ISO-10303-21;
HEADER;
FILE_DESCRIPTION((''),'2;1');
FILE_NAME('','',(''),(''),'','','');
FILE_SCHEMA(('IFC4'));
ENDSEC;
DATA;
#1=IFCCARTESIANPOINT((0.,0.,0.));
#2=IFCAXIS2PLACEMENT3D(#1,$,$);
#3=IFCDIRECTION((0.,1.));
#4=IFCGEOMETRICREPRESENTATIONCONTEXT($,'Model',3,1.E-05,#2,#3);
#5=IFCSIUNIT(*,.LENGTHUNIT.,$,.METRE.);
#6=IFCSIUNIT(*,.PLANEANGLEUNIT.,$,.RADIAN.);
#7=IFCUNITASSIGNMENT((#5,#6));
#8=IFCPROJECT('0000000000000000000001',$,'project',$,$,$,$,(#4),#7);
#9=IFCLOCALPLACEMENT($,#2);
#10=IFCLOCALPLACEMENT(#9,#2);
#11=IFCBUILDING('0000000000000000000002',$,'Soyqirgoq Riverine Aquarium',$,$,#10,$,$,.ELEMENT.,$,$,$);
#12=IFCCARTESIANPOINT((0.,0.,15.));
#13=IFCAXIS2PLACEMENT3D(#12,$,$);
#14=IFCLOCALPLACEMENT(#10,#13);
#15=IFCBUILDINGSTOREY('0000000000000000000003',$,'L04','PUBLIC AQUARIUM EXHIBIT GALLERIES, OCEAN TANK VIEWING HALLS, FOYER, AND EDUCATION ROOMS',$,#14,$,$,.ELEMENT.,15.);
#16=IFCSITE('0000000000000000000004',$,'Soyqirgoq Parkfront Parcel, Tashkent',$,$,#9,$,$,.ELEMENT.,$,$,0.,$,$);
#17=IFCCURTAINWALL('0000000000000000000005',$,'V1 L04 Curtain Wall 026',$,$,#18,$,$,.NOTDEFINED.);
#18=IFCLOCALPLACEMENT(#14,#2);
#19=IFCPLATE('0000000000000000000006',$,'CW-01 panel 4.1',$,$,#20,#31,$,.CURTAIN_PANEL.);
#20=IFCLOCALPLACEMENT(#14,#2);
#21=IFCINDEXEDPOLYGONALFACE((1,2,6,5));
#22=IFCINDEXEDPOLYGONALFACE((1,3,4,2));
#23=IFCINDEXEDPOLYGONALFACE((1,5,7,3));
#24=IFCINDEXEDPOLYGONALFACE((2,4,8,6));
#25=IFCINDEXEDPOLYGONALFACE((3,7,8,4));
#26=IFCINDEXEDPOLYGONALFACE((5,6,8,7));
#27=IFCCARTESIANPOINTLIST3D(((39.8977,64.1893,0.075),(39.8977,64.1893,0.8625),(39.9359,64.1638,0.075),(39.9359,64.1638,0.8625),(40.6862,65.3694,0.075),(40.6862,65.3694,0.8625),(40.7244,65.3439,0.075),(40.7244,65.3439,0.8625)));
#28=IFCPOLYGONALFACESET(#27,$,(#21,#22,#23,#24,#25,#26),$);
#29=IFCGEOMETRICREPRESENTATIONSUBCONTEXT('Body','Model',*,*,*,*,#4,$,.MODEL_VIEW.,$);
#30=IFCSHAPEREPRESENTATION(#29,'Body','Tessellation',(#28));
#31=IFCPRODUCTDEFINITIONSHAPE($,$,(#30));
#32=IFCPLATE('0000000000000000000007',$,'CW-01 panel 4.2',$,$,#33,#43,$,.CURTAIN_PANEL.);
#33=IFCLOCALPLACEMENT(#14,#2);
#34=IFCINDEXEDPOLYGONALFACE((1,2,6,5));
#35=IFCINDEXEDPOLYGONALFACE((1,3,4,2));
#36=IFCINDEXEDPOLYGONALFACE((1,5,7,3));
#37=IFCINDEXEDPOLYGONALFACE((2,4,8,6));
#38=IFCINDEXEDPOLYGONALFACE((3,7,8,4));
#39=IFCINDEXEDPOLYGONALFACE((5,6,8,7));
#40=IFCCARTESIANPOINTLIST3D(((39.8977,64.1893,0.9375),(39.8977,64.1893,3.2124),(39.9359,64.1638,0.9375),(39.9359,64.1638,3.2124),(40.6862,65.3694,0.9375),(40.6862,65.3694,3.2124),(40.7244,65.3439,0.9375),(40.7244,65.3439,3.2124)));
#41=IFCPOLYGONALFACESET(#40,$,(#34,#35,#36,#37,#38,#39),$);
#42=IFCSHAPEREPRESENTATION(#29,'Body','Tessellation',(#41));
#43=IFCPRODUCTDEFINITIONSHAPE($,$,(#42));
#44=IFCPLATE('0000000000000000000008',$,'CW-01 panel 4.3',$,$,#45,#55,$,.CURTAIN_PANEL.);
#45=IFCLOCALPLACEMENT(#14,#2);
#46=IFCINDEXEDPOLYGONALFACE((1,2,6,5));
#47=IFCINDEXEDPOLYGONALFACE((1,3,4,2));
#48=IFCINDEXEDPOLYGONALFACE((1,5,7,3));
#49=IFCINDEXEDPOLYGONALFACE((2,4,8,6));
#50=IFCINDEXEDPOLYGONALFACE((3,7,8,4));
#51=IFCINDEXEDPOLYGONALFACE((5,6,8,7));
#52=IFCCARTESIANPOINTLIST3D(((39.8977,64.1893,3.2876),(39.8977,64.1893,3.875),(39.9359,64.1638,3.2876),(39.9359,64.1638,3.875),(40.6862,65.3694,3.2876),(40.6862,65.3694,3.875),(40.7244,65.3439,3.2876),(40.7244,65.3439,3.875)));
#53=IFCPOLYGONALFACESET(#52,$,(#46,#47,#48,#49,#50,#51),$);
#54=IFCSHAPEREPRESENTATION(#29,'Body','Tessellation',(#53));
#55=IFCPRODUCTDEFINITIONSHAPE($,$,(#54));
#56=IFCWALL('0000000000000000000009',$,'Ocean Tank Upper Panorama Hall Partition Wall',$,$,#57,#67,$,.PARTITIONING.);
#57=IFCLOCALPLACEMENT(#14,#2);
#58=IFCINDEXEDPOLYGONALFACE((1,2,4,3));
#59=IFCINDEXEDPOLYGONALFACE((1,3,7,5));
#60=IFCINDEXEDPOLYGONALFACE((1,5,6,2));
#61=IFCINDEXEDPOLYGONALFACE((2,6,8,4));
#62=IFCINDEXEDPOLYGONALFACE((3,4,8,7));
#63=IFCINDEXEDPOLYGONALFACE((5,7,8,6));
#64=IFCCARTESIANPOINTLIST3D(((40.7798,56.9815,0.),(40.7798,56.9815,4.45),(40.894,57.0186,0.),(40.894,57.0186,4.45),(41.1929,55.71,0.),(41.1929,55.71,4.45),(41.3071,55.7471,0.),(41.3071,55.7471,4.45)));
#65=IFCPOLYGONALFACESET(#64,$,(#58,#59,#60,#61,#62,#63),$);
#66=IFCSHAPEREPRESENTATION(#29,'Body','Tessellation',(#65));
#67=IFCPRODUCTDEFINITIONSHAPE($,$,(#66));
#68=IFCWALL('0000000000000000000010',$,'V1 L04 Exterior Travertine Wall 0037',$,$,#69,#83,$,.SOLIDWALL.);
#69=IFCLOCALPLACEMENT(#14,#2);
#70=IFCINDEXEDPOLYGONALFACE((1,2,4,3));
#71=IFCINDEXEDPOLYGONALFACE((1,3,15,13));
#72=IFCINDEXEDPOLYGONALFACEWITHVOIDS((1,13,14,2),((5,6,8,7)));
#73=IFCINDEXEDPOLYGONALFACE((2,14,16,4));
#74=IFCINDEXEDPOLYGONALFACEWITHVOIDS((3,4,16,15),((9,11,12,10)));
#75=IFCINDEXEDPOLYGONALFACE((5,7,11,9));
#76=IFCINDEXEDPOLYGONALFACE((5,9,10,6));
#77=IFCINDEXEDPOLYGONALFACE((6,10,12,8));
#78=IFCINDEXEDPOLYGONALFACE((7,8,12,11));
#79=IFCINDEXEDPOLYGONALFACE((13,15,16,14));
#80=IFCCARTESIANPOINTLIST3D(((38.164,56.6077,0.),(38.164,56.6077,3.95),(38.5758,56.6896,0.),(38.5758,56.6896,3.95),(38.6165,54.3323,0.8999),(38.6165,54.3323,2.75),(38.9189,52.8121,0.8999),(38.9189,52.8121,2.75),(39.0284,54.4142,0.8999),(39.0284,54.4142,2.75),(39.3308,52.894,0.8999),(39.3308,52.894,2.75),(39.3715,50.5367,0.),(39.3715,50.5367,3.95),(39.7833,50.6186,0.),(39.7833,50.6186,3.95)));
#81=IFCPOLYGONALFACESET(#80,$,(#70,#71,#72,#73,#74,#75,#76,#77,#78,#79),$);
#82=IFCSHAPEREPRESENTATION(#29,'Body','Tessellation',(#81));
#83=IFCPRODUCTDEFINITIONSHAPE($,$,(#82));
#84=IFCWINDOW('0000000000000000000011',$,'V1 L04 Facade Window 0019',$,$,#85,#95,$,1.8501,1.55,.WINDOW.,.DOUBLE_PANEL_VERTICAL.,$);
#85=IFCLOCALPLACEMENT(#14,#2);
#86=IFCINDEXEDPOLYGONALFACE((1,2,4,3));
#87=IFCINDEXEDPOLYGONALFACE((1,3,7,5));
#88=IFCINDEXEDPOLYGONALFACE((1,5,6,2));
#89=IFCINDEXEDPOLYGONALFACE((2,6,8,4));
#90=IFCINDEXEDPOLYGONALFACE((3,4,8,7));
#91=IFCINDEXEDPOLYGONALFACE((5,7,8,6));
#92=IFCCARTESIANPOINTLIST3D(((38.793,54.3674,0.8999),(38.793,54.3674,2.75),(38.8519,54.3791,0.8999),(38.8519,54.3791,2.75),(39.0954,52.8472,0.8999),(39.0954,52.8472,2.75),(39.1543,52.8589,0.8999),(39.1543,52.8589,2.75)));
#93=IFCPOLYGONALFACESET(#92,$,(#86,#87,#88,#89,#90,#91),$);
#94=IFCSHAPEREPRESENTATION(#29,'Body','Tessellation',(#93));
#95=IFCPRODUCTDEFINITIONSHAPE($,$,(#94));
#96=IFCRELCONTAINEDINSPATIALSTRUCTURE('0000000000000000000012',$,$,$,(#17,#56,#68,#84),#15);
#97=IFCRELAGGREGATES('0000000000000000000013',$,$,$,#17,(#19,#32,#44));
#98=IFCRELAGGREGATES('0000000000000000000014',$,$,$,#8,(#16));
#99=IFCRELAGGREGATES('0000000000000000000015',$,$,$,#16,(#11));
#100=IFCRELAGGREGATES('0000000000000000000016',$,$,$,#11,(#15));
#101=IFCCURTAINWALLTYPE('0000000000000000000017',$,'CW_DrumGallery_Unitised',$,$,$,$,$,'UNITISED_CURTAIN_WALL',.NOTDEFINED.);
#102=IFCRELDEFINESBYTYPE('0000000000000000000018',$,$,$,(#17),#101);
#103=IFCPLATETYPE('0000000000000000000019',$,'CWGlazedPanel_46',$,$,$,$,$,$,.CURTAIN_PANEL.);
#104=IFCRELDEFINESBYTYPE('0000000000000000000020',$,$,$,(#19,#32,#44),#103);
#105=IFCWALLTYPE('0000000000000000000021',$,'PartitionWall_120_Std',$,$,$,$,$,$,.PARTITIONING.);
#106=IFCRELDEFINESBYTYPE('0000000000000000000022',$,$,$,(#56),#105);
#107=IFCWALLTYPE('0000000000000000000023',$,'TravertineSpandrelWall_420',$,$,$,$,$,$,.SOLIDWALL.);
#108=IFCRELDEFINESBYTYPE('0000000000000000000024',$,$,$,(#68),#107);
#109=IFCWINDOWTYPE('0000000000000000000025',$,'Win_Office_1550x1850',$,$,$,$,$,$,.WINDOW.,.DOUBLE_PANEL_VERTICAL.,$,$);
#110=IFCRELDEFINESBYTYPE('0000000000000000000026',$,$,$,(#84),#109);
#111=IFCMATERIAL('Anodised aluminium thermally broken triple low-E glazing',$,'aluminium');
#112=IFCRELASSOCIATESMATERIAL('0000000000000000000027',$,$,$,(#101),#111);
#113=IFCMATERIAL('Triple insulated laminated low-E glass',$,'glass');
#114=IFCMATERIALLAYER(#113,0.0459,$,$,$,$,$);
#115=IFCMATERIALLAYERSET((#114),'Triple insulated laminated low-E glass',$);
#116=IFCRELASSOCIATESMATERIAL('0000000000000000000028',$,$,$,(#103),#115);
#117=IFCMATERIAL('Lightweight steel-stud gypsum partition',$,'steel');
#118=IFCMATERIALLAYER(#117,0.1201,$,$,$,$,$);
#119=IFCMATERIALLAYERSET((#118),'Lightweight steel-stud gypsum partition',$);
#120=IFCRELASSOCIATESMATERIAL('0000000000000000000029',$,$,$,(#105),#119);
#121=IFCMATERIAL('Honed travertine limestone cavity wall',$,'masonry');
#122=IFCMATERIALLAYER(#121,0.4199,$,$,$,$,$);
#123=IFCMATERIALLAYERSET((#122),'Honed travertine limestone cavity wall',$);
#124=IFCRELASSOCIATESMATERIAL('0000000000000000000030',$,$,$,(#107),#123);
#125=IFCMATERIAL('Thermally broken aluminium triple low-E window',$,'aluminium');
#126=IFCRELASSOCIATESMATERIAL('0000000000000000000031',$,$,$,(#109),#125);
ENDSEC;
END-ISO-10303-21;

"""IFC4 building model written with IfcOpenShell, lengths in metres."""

from ifc_helpers import new_model, si_unit, direction, frame, frame_2d, origin, origin_2d, place, context, subcontext, project, spatial, rectangle, extrude, material, layer, layer_set, type_object, element, fill, aggregate, save


model = new_model("IFC4")

# Units and contexts
model_context = context("Model", 3, precision=1e-05, world=origin(), true_north=direction((0.0, 1.0)))
body_context = subcontext(model_context, "Body", "Model", "MODEL_VIEW")
ifc_project = project(units=[si_unit("LENGTHUNIT", "METRE"), si_unit("PLANEANGLEUNIT", "RADIAN")], contexts=[model_context])

# Site, building, storey
site_placement = place(None, origin())
site = spatial("IfcSite", under=ifc_project, at=site_placement, Name="Soyqirgoq Parkfront Parcel, Tashkent", CompositionType="ELEMENT", RefElevation=0.0)
building_placement = place(site_placement, origin())
building = spatial("IfcBuilding", under=site, at=building_placement, Name="Soyqirgoq Riverine Aquarium", CompositionType="ELEMENT")
storey_placement = place(building_placement, frame((0.0, 0.0, 15.0)))
storey = spatial("IfcBuildingStorey", under=building, at=storey_placement, Name="L04", Description="PUBLIC AQUARIUM EXHIBIT GALLERIES, OCEAN TANK VIEWING HALLS, FOYER, AND EDUCATION ROOMS", CompositionType="ELEMENT", Elevation=15.0)

# Curtain wall
ifc_material_1 = material(Name="Anodised aluminium thermally broken triple low-E glazing", Category="aluminium")
curtain_wall_type = type_object("IfcCurtainWallType", Name="CW_DrumGallery_Unitised", ElementType="UNITISED_CURTAIN_WALL", PredefinedType="NOTDEFINED", material=ifc_material_1)
curtain_wall_placement = place(storey_placement, origin())
curtain_wall = element("IfcCurtainWall", 1, at=curtain_wall_placement, inside=storey, type_object=curtain_wall_type, Name="V1 L04 Curtain Wall 026", PredefinedType="NOTDEFINED")

# Plates
ifc_material_2 = material(Name="Triple insulated laminated low-E glass", Category="glass")
ifc_layer_1 = layer(ifc_material_2, 0.0459)
ifc_layer_set_1 = layer_set([ifc_layer_1], Name="Triple insulated laminated low-E glass")
plate_type = type_object("IfcPlateType", Name="CWGlazedPanel_46", PredefinedType="CURTAIN_PANEL", material=ifc_layer_set_1)
plate_1_placement = place(storey_placement, frame((40.311, 64.7666, 0.075), z_axis=(0.0, 0.0, 1.0), x_axis=(-0.555579, -0.831464, 0.0)))
plate_1 = element("IfcPlate", 2, at=plate_1_placement, type_object=plate_type, Name="CW-01 panel 4.1", PredefinedType="CURTAIN_PANEL", context=body_context, shape_type="SweptSolid", body=[
    extrude(rectangle(XDim=1.4192, YDim=0.0459, at=origin_2d()), origin(), (0.0, 0.0, 1.0), 0.7876),
])
plate_2_placement = place(storey_placement, frame((40.311, 64.7666, 0.9375), z_axis=(0.0, 0.0, 1.0), x_axis=(-0.555579, -0.831464, 0.0)))
plate_2 = element("IfcPlate", 3, at=plate_2_placement, type_object=plate_type, Name="CW-01 panel 4.2", PredefinedType="CURTAIN_PANEL", context=body_context, shape_type="SweptSolid", body=[
    extrude(rectangle(XDim=1.4192, YDim=0.0459, at=origin_2d()), origin(), (0.0, 0.0, 1.0), 2.2749),
])
plate_3_placement = place(storey_placement, frame((40.311, 64.7666, 3.2876), z_axis=(0.0, 0.0, 1.0), x_axis=(-0.555579, -0.831464, 0.0)))
plate_3 = element("IfcPlate", 4, at=plate_3_placement, type_object=plate_type, Name="CW-01 panel 4.3", PredefinedType="CURTAIN_PANEL", context=body_context, shape_type="SweptSolid", body=[
    extrude(rectangle(XDim=1.4192, YDim=0.0459, at=origin_2d()), origin(), (0.0, 0.0, 1.0), 0.5874),
])
aggregate(curtain_wall, [plate_1, plate_2, plate_3])

# Wall
ifc_material_3 = material(Name="Lightweight steel-stud gypsum partition", Category="steel")
ifc_layer_2 = layer(ifc_material_3, 0.1201)
ifc_layer_set_2 = layer_set([ifc_layer_2], Name="Lightweight steel-stud gypsum partition")
wall_type_1 = type_object("IfcWallType", Name="PartitionWall_120_Std", PredefinedType="PARTITIONING", material=ifc_layer_set_2)
wall_1_placement = place(storey_placement, frame((41.25, 55.7285, 0.0), z_axis=(0.0, 0.0, 1.0), x_axis=(-0.308987, 0.951066, 0.0)))
element("IfcWall", 5, at=wall_1_placement, inside=storey, type_object=wall_type_1, Name="Ocean Tank Upper Panorama Hall Partition Wall", PredefinedType="PARTITIONING", context=body_context, shape_type="SweptSolid", body=[
    extrude(rectangle(XDim=1.3369, YDim=0.1201, at=frame_2d((0.6685, 0.0))), origin(), (0.0, 0.0, 1.0), 4.45),
])

# Wall, opening, window
ifc_material_4 = material(Name="Honed travertine limestone cavity wall", Category="masonry")
ifc_layer_3 = layer(ifc_material_4, 0.4199)
ifc_layer_set_3 = layer_set([ifc_layer_3], Name="Honed travertine limestone cavity wall")
wall_type_2 = type_object("IfcWallType", Name="TravertineSpandrelWall_420", PredefinedType="SOLIDWALL", material=ifc_layer_set_3)
wall_2_placement = place(storey_placement, frame((39.5774, 50.5776, 0.0), z_axis=(0.0, 0.0, 1.0), x_axis=(-0.195077, 0.980788, 0.0)))
wall_2 = element("IfcWall", 6, at=wall_2_placement, inside=storey, type_object=wall_type_2, Name="V1 L04 Exterior Travertine Wall 0037", PredefinedType="SOLIDWALL", context=body_context, shape_type="SweptSolid", body=[
    extrude(rectangle(XDim=6.1899, YDim=0.4199, at=frame_2d((3.095, 0.0))), origin(), (0.0, 0.0, 1.0), 3.95),
])
opening_placement = place(wall_2_placement, frame((2.3201, 0.0, 0.8999)))
opening = element("IfcOpeningElement", 7, at=opening_placement, cuts=wall_2, PredefinedType="OPENING", context=body_context, shape_type="SweptSolid", body=[
    extrude(rectangle(XDim=1.55, YDim=1.8501, at=frame_2d((0.7749, 0.925))), frame((0.0, 0.22, 0.0), z_axis=(0.0, -1.0, 0.0), x_axis=(1.0, 0.0, 0.0)), (0.0, 0.0, 1.0), 0.4399),
])
ifc_material_5 = material(Name="Thermally broken aluminium triple low-E window", Category="aluminium")
window_type = type_object("IfcWindowType", Name="Win_Office_1550x1850", PartitioningType="DOUBLE_PANEL_VERTICAL", PredefinedType="WINDOW", material=ifc_material_5)
window_placement = place(opening_placement, origin())
window = element("IfcWindow", 8, at=window_placement, inside=storey, type_object=window_type, Name="V1 L04 Facade Window 0019", OverallHeight=1.8501, OverallWidth=1.55, PartitioningType="DOUBLE_PANEL_VERTICAL", PredefinedType="WINDOW", context=body_context, shape_type="SweptSolid", body=[
    extrude(rectangle(XDim=1.55, YDim=1.8501, at=frame_2d((0.7749, 0.925))), frame((0.0, 0.03, 0.0), z_axis=(0.0, -1.0, 0.0), x_axis=(1.0, 0.0, 0.0)), (0.0, 0.0, 1.0), 0.0601),
])
fill(opening, window)

save(model, "model.ifc")
